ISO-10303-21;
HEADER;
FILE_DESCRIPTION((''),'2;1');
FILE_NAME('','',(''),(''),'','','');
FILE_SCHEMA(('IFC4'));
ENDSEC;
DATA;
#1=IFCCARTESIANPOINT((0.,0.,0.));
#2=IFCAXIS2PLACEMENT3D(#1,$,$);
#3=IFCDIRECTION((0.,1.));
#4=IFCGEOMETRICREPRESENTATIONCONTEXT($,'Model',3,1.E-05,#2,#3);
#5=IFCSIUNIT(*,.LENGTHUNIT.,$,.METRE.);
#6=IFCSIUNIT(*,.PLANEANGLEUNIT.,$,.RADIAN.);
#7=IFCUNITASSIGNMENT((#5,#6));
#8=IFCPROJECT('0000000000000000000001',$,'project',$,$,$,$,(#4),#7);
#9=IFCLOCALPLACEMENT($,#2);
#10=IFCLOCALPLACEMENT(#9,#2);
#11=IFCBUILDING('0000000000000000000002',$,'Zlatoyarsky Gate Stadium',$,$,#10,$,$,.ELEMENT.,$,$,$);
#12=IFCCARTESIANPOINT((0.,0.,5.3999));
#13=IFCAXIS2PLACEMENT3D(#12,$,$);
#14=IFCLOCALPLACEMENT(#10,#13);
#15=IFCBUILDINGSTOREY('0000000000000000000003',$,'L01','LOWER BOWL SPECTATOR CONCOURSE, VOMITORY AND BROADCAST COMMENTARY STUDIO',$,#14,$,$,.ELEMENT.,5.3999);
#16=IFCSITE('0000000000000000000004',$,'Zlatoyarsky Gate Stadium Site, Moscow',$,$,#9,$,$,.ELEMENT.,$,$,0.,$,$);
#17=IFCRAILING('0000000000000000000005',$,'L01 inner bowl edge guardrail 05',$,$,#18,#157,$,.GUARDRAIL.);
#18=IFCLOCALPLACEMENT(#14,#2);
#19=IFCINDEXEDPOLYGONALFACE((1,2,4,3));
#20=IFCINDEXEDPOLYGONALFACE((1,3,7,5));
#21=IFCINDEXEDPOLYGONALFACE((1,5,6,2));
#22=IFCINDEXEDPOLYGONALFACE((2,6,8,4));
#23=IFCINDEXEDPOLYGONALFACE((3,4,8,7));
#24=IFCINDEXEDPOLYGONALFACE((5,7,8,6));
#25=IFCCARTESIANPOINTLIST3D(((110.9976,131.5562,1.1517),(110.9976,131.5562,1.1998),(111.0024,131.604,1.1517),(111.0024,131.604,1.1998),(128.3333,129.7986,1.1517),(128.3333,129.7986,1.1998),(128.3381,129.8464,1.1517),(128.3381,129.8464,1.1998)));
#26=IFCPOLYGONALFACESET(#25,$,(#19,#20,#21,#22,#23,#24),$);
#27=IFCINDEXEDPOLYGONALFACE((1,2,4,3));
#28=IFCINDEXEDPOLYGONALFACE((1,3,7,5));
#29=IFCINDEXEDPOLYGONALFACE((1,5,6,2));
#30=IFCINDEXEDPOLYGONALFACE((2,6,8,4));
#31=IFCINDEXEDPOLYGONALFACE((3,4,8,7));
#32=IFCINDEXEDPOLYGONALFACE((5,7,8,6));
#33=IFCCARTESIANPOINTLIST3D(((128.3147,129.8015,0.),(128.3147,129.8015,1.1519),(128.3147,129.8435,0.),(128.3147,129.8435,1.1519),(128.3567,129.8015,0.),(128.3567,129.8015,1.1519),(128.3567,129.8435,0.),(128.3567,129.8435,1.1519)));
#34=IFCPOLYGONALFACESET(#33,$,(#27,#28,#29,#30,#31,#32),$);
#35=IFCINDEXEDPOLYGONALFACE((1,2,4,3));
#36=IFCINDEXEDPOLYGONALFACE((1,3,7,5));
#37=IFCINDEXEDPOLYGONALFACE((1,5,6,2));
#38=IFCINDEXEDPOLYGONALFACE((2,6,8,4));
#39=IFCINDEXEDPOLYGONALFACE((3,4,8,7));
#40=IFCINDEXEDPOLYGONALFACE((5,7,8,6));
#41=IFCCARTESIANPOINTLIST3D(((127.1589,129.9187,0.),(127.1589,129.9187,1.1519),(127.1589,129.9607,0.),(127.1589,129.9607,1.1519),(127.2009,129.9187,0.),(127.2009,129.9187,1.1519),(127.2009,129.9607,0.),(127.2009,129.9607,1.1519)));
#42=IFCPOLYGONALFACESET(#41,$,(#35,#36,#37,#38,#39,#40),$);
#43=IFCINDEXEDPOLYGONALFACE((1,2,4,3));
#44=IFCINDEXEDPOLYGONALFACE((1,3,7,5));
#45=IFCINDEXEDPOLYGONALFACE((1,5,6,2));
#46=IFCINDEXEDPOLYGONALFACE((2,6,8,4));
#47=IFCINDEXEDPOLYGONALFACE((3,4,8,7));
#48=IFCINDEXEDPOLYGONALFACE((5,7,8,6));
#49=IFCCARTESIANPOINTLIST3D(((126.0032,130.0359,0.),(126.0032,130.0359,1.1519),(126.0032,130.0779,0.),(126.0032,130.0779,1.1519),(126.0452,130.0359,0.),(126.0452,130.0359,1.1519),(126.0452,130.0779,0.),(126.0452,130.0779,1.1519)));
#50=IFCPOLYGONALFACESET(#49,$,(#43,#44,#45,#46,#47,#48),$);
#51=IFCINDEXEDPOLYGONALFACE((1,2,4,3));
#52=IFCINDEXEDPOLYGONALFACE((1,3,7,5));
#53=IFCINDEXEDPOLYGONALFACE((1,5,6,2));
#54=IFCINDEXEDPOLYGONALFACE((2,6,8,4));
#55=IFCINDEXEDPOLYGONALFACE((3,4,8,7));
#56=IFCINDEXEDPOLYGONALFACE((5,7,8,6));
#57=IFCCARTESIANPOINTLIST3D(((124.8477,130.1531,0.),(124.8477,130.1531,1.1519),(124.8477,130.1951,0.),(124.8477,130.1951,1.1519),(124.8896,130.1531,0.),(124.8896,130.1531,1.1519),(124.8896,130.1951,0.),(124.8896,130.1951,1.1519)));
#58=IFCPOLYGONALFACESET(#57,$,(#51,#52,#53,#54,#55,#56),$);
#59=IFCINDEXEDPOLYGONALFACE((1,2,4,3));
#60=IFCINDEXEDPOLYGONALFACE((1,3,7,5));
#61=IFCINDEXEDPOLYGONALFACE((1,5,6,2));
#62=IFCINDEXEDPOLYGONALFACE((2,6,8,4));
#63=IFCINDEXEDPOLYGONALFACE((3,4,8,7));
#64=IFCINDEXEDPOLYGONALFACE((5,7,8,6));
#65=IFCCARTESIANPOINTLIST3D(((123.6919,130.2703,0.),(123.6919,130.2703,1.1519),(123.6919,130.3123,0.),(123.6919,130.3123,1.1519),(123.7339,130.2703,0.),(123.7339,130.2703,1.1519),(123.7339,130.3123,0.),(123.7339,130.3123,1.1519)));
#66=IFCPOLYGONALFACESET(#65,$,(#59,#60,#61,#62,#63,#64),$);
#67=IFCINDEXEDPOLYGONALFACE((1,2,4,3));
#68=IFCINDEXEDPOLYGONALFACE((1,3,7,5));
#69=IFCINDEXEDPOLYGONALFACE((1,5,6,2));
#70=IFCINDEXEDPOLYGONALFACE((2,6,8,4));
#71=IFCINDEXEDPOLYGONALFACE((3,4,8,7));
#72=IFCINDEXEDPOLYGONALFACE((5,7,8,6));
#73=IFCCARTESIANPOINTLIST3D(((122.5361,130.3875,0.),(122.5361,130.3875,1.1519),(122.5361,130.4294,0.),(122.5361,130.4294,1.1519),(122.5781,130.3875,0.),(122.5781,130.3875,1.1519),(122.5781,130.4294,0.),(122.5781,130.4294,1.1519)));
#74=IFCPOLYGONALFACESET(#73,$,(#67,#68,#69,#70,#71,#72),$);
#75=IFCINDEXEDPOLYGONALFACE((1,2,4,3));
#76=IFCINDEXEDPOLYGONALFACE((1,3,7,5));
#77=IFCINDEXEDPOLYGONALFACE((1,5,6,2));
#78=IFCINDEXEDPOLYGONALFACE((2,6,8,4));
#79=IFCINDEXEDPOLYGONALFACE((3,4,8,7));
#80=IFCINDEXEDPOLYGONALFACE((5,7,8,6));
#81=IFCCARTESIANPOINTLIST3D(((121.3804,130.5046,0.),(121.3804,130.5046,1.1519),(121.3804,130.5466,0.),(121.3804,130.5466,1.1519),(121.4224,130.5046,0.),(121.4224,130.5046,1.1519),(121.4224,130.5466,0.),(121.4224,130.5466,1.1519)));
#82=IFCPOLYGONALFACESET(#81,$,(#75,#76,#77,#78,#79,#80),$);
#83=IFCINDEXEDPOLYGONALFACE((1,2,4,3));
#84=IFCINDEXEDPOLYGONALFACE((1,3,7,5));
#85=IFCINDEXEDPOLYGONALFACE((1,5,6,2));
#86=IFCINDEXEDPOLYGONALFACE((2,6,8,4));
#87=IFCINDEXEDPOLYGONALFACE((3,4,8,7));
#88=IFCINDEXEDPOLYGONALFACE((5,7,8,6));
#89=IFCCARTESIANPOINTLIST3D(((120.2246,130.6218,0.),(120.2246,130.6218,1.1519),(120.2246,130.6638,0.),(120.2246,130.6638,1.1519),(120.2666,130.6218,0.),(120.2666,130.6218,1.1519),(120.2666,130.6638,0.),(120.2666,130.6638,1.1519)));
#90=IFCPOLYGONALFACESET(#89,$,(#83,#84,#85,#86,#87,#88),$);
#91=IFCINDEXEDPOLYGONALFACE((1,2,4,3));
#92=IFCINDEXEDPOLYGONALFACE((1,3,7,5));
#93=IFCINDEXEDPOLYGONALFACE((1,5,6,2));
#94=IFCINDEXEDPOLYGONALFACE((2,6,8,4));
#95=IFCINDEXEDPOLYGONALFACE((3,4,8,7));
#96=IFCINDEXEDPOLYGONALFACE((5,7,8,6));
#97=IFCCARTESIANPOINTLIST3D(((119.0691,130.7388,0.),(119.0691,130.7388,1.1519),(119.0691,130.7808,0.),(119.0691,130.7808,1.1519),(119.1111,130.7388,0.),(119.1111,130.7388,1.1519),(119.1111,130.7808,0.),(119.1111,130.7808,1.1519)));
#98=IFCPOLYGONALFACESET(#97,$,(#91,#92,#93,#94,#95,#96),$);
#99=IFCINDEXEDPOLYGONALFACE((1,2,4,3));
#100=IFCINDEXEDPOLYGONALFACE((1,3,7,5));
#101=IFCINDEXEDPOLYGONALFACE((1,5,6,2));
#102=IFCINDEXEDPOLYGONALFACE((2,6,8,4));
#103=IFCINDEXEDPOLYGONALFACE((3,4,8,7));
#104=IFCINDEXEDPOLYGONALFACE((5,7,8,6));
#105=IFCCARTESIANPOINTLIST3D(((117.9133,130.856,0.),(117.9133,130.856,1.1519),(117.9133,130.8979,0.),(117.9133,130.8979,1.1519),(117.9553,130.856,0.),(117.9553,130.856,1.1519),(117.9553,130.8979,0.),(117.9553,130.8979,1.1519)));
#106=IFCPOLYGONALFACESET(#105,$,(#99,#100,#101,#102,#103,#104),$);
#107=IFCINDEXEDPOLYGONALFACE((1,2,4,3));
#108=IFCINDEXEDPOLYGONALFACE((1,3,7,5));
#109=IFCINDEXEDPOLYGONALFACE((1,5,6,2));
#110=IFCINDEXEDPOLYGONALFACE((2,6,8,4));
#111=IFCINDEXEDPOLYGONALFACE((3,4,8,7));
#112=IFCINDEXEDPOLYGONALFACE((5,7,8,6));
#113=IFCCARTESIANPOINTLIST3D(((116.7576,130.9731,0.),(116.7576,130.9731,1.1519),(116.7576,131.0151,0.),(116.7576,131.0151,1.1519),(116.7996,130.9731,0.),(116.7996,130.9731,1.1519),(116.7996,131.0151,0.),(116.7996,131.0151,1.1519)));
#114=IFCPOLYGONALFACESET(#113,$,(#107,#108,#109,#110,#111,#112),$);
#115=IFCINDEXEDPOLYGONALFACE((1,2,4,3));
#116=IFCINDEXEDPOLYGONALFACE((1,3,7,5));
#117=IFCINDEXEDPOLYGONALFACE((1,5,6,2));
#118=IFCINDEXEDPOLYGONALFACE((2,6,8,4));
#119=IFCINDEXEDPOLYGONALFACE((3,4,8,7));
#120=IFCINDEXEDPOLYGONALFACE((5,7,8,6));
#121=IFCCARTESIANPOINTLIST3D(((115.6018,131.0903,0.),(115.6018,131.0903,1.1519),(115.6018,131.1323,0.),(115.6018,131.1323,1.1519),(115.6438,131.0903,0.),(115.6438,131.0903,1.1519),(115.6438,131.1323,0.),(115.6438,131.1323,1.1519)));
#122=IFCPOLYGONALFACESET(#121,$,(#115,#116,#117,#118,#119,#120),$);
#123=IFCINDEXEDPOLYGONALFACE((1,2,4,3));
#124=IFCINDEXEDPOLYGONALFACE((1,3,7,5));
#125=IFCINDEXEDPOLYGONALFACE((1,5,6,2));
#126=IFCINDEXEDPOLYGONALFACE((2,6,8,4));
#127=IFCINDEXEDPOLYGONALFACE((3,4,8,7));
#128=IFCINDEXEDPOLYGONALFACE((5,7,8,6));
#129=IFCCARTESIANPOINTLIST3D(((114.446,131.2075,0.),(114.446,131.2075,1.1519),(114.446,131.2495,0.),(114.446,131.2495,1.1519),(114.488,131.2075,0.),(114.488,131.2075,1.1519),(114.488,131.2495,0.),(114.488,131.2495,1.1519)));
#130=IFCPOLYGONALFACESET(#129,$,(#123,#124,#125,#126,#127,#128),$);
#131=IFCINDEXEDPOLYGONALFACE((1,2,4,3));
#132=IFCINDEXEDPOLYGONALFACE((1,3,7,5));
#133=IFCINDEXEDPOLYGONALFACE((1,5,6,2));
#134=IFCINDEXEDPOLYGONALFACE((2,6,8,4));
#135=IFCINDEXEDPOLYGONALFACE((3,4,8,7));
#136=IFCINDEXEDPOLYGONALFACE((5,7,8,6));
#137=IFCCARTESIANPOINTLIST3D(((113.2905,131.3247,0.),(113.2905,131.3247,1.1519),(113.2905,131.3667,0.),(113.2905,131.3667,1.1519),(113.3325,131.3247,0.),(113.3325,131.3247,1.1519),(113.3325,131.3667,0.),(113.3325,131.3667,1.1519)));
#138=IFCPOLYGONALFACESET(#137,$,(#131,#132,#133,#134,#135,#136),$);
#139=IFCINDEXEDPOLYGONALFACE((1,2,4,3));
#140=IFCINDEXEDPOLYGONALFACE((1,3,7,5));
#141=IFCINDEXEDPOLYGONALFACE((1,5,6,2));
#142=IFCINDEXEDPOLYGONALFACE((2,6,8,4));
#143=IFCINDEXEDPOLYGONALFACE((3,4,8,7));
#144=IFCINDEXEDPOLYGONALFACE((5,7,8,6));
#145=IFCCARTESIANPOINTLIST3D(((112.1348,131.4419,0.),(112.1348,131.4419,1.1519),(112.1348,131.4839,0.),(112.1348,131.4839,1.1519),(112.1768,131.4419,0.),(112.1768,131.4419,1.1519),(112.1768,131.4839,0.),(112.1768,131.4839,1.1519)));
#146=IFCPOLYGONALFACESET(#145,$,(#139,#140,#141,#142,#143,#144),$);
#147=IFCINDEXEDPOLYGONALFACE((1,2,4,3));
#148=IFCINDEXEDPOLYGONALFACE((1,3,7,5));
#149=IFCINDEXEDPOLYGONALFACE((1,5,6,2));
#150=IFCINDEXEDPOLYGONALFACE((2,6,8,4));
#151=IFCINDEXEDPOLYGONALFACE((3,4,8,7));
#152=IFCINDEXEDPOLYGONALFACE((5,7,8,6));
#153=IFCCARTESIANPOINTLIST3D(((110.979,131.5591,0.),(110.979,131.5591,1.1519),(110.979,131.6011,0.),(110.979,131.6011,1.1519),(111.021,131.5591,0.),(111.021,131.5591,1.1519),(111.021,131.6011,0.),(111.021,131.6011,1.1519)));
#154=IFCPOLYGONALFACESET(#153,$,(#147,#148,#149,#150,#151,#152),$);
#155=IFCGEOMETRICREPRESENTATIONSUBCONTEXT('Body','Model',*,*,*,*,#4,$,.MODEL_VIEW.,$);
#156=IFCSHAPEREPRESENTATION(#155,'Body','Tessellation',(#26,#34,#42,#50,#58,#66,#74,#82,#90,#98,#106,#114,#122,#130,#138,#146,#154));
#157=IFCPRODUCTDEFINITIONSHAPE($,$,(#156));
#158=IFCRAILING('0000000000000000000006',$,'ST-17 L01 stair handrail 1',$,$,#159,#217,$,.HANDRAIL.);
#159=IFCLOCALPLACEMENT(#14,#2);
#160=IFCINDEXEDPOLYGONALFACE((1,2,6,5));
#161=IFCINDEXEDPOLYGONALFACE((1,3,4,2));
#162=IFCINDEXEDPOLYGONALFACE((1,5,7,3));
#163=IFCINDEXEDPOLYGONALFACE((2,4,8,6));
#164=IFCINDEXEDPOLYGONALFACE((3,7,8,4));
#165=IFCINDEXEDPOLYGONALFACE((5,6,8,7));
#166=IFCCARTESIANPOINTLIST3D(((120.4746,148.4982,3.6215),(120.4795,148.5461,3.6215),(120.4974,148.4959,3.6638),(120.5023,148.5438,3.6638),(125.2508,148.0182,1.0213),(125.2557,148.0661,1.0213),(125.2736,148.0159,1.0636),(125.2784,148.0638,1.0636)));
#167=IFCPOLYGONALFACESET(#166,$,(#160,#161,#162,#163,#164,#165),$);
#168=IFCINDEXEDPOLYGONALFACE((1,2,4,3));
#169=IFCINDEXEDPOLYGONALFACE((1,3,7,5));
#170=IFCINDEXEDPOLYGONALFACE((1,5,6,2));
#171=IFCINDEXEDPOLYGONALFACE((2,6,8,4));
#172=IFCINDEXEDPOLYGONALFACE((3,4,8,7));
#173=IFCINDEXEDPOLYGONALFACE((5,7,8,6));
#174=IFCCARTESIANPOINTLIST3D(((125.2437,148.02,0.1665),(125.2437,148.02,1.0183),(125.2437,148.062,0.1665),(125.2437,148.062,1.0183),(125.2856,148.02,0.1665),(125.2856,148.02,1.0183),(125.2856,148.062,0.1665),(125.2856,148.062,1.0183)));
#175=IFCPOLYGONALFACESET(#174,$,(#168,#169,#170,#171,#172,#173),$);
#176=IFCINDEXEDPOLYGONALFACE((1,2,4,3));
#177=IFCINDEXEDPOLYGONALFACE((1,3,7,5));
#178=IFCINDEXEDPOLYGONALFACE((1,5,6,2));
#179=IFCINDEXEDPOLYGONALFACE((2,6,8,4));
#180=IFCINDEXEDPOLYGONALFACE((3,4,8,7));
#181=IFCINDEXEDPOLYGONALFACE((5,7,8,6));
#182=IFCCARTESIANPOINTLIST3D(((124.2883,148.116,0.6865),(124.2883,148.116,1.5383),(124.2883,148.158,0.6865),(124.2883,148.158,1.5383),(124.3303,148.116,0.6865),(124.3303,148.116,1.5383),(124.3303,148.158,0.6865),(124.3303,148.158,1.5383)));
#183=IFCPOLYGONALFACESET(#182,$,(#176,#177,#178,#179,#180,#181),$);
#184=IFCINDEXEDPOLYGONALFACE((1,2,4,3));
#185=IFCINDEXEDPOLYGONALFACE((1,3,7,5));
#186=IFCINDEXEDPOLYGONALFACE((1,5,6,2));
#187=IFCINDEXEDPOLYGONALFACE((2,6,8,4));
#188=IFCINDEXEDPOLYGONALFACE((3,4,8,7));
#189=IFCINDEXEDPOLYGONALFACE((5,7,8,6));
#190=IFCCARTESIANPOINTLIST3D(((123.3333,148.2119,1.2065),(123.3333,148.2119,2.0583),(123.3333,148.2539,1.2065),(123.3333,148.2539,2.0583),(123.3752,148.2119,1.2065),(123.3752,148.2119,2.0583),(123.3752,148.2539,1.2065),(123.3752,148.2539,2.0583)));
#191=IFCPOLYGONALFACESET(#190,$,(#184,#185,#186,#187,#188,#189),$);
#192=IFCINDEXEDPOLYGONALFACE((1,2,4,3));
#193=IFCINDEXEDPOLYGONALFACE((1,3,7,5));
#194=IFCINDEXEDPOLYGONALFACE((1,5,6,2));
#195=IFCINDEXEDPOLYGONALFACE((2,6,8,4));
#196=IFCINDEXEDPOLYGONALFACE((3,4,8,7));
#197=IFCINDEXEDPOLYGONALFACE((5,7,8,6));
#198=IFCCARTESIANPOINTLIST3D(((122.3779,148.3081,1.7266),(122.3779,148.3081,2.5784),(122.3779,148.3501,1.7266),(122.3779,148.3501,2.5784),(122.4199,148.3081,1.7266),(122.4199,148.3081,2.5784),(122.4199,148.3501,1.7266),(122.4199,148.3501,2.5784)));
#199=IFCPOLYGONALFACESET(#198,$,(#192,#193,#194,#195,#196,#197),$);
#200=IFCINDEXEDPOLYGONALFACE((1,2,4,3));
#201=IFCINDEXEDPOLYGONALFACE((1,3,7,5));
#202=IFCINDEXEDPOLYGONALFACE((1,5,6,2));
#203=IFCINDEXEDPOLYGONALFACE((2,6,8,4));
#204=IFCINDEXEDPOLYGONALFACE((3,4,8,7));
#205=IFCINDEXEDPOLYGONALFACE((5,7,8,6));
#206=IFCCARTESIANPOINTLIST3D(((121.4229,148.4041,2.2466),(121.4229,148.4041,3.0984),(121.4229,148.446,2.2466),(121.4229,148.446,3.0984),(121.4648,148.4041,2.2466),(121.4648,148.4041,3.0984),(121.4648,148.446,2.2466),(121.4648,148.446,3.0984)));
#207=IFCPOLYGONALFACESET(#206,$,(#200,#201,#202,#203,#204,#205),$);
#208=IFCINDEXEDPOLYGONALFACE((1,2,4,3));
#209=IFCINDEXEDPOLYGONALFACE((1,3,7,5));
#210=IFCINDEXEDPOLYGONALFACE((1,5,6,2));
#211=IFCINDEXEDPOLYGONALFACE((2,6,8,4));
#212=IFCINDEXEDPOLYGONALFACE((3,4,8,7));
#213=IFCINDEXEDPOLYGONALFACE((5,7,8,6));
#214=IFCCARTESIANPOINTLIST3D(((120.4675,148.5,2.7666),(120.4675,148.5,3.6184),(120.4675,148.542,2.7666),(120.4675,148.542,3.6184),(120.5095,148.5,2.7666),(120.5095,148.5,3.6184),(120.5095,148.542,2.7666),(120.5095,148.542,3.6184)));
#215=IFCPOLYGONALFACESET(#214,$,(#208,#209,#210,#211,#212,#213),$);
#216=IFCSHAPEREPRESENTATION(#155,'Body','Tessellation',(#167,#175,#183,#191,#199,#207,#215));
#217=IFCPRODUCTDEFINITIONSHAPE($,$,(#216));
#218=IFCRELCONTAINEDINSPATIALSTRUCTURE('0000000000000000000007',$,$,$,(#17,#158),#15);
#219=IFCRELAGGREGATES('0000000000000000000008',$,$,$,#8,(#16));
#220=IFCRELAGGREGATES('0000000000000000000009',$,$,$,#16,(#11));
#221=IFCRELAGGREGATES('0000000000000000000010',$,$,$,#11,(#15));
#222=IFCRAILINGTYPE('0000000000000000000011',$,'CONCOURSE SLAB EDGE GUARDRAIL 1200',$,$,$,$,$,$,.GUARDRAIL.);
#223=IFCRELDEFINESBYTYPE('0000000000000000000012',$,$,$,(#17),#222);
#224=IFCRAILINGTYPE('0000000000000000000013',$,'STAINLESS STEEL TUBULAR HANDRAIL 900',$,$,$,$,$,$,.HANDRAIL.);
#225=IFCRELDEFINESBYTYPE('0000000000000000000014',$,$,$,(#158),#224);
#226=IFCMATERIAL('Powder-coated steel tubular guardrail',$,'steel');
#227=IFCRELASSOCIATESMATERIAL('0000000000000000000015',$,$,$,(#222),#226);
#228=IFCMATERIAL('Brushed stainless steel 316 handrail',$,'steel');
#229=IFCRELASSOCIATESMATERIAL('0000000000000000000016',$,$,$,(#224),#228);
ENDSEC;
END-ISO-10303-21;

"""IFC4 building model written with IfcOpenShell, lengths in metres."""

from ifc_helpers import new_model, si_unit, direction, frame, origin, origin_2d, place, context, subcontext, project, spatial, rectangle, extrude, material, type_object, element, save


model = new_model("IFC4")

# Units and contexts
model_context = context("Model", 3, precision=1e-05, world=origin(), true_north=direction((0.0, 1.0)))
body_context = subcontext(model_context, "Body", "Model", "MODEL_VIEW")
ifc_project = project(units=[si_unit("LENGTHUNIT", "METRE"), si_unit("PLANEANGLEUNIT", "RADIAN")], contexts=[model_context])

# Site, building, storey
site_placement = place(None, origin())
site = spatial("IfcSite", under=ifc_project, at=site_placement, Name="Zlatoyarsky Gate Stadium Site, Moscow", CompositionType="ELEMENT", RefElevation=0.0)
building_placement = place(site_placement, origin())
building = spatial("IfcBuilding", under=site, at=building_placement, Name="Zlatoyarsky Gate Stadium", CompositionType="ELEMENT")
storey_placement = place(building_placement, frame((0.0, 0.0, 5.3999)))
storey = spatial("IfcBuildingStorey", under=building, at=storey_placement, Name="L01", Description="LOWER BOWL SPECTATOR CONCOURSE, VOMITORY AND BROADCAST COMMENTARY STUDIO", CompositionType="ELEMENT", Elevation=5.3999)

# Railings
ifc_material_1 = material(Name="Powder-coated steel tubular guardrail", Category="steel")
railing_type_1 = type_object("IfcRailingType", Name="CONCOURSE SLAB EDGE GUARDRAIL 1200", PredefinedType="GUARDRAIL", material=ifc_material_1)
railing_1_placement = place(storey_placement, frame((128.3357, 129.8225, 0.0)))
element("IfcRailing", 1, at=railing_1_placement, inside=storey, type_object=railing_type_1, Name="L01 inner bowl edge guardrail 05", PredefinedType="GUARDRAIL", context=body_context, shape_type="SweptSolid", body=[
    extrude(rectangle(XDim=0.0481, YDim=0.0481, at=origin_2d()), frame((0.0, 0.0, 1.1758), z_axis=(-0.9949, 0.100867, 0.0), x_axis=(-0.100867, -0.9949, 0.0)), (0.0, 0.0, 1.0), 17.4246),
    extrude(rectangle(XDim=0.042, YDim=0.042, at=origin_2d()), origin(), (0.0, 0.0, 1.0), 1.1519),
    extrude(rectangle(XDim=0.042, YDim=0.042, at=origin_2d()), frame((-1.1558, 0.1172, 0.0)), (0.0, 0.0, 1.0), 1.1519),
    extrude(rectangle(XDim=0.042, YDim=0.042, at=origin_2d()), frame((-2.3115, 0.2344, 0.0)), (0.0, 0.0, 1.0), 1.1519),
    extrude(rectangle(XDim=0.042, YDim=0.042, at=origin_2d()), frame((-3.467, 0.3516, 0.0)), (0.0, 0.0, 1.0), 1.1519),
    extrude(rectangle(XDim=0.042, YDim=0.042, at=origin_2d()), frame((-4.6228, 0.4688, 0.0)), (0.0, 0.0, 1.0), 1.1519),
    extrude(rectangle(XDim=0.042, YDim=0.042, at=origin_2d()), frame((-5.7786, 0.5859, 0.0)), (0.0, 0.0, 1.0), 1.1519),
    extrude(rectangle(XDim=0.042, YDim=0.042, at=origin_2d()), frame((-6.9343, 0.7031, 0.0)), (0.0, 0.0, 1.0), 1.1519),
    extrude(rectangle(XDim=0.042, YDim=0.042, at=origin_2d()), frame((-8.0901, 0.8203, 0.0)), (0.0, 0.0, 1.0), 1.1519),
    extrude(rectangle(XDim=0.042, YDim=0.042, at=origin_2d()), frame((-9.2456, 0.9373, 0.0)), (0.0, 0.0, 1.0), 1.1519),
    extrude(rectangle(XDim=0.042, YDim=0.042, at=origin_2d()), frame((-10.4014, 1.0544, 0.0)), (0.0, 0.0, 1.0), 1.1519),
    extrude(rectangle(XDim=0.042, YDim=0.042, at=origin_2d()), frame((-11.5571, 1.1716, 0.0)), (0.0, 0.0, 1.0), 1.1519),
    extrude(rectangle(XDim=0.042, YDim=0.042, at=origin_2d()), frame((-12.7129, 1.2888, 0.0)), (0.0, 0.0, 1.0), 1.1519),
    extrude(rectangle(XDim=0.042, YDim=0.042, at=origin_2d()), frame((-13.8687, 1.406, 0.0)), (0.0, 0.0, 1.0), 1.1519),
    extrude(rectangle(XDim=0.042, YDim=0.042, at=origin_2d()), frame((-15.0242, 1.5232, 0.0)), (0.0, 0.0, 1.0), 1.1519),
    extrude(rectangle(XDim=0.042, YDim=0.042, at=origin_2d()), frame((-16.1799, 1.6404, 0.0)), (0.0, 0.0, 1.0), 1.1519),
    extrude(rectangle(XDim=0.042, YDim=0.042, at=origin_2d()), frame((-17.3357, 1.7576, 0.0)), (0.0, 0.0, 1.0), 1.1519),
])
ifc_material_2 = material(Name="Brushed stainless steel 316 handrail", Category="steel")
railing_type_2 = type_object("IfcRailingType", Name="STAINLESS STEEL TUBULAR HANDRAIL 900", PredefinedType="HANDRAIL", material=ifc_material_2)
railing_2_placement = place(storey_placement, frame((125.2646, 148.041, 0.1665)))
element("IfcRailing", 2, at=railing_2_placement, inside=storey, type_object=railing_type_2, Name="ST-17 L01 stair handrail 1", PredefinedType="HANDRAIL", context=body_context, shape_type="SweptSolid", body=[
    extrude(rectangle(XDim=0.0481, YDim=0.0481, at=origin_2d()), frame((0.0, 0.0, 0.876), z_axis=(-0.874885, 0.087922, 0.476283), x_axis=(-0.099992, -0.994988, 0.0)), (0.0, 0.0, 1.0), 5.4592),
    extrude(rectangle(XDim=0.042, YDim=0.042, at=origin_2d()), origin(), (0.0, 0.0, 1.0), 0.8518),
    extrude(rectangle(XDim=0.042, YDim=0.042, at=origin_2d()), frame((-0.9553, 0.0959, 0.52)), (0.0, 0.0, 1.0), 0.8518),
    extrude(rectangle(XDim=0.042, YDim=0.042, at=origin_2d()), frame((-1.9104, 0.1919, 1.04)), (0.0, 0.0, 1.0), 0.8518),
    extrude(rectangle(XDim=0.042, YDim=0.042, at=origin_2d()), frame((-2.8657, 0.2881, 1.5601)), (0.0, 0.0, 1.0), 0.8518),
    extrude(rectangle(XDim=0.042, YDim=0.042, at=origin_2d()), frame((-3.8208, 0.384, 2.0801)), (0.0, 0.0, 1.0), 0.8518),
    extrude(rectangle(XDim=0.042, YDim=0.042, at=origin_2d()), frame((-4.7761, 0.48, 2.6001)), (0.0, 0.0, 1.0), 0.8518),
])

save(model, "model.ifc")
